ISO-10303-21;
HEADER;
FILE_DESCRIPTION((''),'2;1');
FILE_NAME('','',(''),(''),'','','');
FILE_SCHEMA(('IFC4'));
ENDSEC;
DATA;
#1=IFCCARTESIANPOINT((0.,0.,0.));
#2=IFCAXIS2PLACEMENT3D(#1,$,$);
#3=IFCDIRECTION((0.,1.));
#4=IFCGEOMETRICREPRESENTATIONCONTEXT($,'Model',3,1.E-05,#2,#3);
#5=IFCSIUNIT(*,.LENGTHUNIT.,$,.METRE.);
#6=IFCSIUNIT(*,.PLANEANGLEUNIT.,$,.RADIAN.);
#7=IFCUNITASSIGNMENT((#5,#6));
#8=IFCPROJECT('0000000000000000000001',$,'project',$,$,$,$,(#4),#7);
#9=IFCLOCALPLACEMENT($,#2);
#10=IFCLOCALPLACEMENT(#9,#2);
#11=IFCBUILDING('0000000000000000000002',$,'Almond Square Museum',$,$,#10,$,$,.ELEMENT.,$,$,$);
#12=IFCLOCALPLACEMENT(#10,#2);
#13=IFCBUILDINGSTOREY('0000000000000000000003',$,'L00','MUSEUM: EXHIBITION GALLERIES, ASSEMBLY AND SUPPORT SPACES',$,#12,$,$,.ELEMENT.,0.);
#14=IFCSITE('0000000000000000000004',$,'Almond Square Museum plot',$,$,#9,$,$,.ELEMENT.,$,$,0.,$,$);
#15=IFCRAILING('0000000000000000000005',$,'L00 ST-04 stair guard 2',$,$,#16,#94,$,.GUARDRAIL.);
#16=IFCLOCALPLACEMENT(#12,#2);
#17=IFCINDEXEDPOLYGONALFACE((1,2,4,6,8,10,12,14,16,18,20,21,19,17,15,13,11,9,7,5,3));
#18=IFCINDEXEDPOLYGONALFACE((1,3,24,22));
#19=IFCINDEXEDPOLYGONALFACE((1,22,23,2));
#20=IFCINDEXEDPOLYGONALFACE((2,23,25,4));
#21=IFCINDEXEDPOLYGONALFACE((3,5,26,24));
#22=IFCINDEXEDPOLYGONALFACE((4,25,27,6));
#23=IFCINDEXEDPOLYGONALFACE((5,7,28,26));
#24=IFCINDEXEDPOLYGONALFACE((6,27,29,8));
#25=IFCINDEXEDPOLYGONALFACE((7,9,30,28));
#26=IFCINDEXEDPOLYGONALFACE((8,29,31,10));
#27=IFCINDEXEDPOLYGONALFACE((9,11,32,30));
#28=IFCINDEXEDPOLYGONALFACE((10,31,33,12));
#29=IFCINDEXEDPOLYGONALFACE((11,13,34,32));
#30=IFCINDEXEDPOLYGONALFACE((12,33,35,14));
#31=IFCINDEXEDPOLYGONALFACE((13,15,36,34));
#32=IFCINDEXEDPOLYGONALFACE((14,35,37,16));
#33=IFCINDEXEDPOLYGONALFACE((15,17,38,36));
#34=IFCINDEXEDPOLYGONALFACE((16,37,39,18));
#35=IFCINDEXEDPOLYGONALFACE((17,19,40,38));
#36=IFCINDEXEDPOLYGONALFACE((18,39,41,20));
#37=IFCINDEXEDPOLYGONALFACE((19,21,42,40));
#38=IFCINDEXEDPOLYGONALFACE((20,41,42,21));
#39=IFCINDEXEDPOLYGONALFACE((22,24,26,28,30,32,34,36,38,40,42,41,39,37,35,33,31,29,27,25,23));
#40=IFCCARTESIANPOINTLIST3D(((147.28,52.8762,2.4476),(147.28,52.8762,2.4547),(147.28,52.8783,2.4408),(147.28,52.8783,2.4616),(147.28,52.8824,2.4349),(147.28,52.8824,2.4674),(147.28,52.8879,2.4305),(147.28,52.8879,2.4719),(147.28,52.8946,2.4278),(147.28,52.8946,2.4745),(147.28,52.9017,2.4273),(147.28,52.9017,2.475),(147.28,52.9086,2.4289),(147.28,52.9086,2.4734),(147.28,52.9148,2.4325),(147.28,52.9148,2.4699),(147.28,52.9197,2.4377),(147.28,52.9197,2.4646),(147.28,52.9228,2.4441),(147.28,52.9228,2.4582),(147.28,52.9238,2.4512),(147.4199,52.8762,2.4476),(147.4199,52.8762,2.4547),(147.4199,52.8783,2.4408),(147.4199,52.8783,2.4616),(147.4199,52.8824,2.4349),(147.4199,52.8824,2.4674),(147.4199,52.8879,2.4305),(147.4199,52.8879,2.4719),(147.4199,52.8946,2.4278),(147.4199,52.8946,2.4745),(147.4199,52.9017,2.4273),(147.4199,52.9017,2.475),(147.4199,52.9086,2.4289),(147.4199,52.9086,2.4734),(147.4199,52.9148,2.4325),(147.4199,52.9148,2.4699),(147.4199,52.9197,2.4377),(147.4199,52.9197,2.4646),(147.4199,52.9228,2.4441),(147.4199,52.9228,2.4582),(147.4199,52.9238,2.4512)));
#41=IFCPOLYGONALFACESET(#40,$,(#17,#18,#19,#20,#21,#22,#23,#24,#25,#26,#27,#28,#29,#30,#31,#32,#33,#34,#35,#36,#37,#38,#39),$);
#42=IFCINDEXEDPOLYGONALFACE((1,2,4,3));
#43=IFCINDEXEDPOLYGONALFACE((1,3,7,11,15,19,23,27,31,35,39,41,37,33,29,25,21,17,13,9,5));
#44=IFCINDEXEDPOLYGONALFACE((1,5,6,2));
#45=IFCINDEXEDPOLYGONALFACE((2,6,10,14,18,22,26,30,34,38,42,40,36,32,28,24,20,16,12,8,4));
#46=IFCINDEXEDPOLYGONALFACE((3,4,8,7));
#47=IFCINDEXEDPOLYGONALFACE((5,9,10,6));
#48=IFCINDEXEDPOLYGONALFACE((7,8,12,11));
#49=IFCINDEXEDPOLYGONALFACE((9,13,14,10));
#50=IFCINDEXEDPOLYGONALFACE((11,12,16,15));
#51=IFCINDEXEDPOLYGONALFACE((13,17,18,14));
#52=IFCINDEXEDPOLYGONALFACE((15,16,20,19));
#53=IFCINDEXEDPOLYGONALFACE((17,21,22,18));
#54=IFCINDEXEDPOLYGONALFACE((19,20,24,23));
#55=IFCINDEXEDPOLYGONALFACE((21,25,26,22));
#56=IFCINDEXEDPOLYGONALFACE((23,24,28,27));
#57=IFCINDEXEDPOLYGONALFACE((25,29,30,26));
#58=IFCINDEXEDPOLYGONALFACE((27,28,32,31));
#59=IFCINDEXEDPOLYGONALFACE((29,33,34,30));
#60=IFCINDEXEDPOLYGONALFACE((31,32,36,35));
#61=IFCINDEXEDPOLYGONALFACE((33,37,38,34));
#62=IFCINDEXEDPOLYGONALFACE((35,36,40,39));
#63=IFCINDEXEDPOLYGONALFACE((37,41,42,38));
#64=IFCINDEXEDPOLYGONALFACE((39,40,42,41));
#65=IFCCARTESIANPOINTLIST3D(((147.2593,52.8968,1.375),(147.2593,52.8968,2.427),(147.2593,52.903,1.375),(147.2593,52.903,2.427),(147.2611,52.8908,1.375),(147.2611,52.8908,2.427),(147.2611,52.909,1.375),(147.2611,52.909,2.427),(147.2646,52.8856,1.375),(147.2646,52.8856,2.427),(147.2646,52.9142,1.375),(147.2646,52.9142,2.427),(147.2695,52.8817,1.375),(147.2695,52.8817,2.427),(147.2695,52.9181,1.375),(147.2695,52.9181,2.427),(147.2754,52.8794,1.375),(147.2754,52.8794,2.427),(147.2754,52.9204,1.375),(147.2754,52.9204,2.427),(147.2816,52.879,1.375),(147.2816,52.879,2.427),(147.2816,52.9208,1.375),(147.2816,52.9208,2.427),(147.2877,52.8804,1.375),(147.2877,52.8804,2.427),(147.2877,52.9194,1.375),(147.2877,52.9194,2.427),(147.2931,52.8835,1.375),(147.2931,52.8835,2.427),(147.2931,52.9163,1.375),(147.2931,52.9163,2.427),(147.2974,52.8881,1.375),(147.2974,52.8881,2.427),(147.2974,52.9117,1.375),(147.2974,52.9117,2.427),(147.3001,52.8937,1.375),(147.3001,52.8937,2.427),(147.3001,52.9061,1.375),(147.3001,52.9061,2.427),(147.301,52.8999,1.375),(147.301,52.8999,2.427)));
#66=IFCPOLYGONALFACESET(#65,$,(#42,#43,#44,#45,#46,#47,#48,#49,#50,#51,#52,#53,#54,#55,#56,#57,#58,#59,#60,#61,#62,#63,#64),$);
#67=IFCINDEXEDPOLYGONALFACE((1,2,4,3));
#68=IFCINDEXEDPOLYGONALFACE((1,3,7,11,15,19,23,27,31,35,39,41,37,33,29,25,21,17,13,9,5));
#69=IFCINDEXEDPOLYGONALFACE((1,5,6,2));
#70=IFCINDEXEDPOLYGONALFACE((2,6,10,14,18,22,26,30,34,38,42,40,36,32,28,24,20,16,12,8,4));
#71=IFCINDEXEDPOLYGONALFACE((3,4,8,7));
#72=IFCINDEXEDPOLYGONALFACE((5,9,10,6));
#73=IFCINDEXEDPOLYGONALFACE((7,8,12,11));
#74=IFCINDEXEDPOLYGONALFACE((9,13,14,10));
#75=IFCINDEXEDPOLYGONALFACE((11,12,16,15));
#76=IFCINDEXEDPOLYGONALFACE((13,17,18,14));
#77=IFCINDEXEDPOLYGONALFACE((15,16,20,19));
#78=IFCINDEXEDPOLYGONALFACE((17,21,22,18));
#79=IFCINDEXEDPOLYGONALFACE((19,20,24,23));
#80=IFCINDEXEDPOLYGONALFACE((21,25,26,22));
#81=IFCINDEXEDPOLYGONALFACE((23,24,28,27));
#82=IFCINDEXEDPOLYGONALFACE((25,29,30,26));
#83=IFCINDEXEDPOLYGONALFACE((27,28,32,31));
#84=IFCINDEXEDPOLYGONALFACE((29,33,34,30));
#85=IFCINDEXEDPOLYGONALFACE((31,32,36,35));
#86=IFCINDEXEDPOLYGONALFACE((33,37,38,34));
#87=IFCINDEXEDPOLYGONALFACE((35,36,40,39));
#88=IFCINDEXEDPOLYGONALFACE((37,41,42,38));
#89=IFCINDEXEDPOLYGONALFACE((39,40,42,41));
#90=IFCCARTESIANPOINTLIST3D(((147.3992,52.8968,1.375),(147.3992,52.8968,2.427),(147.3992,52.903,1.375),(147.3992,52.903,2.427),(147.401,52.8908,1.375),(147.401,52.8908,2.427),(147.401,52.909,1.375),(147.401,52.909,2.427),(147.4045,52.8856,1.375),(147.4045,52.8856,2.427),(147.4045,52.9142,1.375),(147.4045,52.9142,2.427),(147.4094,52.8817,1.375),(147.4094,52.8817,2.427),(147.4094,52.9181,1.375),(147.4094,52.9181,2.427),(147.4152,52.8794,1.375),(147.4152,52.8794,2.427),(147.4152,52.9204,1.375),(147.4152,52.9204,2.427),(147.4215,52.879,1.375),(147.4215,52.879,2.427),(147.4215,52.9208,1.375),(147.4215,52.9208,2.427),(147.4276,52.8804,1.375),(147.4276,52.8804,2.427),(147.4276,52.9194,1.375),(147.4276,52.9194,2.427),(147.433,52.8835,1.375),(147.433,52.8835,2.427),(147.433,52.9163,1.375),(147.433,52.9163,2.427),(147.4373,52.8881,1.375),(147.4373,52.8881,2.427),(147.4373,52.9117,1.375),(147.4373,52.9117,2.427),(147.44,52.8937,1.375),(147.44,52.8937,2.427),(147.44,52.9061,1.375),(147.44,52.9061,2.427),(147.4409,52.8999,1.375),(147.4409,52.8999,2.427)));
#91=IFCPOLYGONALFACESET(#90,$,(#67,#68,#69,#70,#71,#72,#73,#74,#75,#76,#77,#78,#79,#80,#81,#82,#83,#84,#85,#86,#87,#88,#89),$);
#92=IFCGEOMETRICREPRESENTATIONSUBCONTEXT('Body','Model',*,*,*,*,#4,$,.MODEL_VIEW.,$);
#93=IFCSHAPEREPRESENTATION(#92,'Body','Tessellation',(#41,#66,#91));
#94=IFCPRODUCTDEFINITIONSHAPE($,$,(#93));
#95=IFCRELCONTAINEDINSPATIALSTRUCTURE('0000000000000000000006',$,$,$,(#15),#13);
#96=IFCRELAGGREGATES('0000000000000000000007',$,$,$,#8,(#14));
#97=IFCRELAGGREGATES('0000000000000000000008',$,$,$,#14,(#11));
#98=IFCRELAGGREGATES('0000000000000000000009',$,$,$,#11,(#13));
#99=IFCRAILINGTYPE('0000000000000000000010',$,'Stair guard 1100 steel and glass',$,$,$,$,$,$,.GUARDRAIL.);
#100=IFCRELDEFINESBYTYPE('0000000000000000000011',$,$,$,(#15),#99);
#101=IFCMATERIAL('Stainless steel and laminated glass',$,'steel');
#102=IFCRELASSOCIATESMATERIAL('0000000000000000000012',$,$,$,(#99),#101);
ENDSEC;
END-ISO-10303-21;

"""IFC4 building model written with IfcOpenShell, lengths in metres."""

from ifc_helpers import new_model, si_unit, direction, frame, origin, origin_2d, place, context, subcontext, project, spatial, circle, extrude, material, type_object, element, save


model = new_model("IFC4")

# Units and contexts
model_context = context("Model", 3, precision=1e-05, world=origin(), true_north=direction((0.0, 1.0)))
body_context = subcontext(model_context, "Body", "Model", "MODEL_VIEW")
ifc_project = project(units=[si_unit("LENGTHUNIT", "METRE"), si_unit("PLANEANGLEUNIT", "RADIAN")], contexts=[model_context])

# Site, building, storey
site_placement = place(None, origin())
site = spatial("IfcSite", under=ifc_project, at=site_placement, Name="Almond Square Museum plot", CompositionType="ELEMENT", RefElevation=0.0)
building_placement = place(site_placement, origin())
building = spatial("IfcBuilding", under=site, at=building_placement, Name="Almond Square Museum", CompositionType="ELEMENT")
storey_placement = place(building_placement, origin())
storey = spatial("IfcBuildingStorey", under=building, at=storey_placement, Name="L00", Description="MUSEUM: EXHIBITION GALLERIES, ASSEMBLY AND SUPPORT SPACES", CompositionType="ELEMENT", Elevation=0.0)

# Railing
ifc_material_1 = material(Name="Stainless steel and laminated glass", Category="steel")
railing_type_1 = type_object("IfcRailingType", Name="Stair guard 1100 steel and glass", PredefinedType="GUARDRAIL", material=ifc_material_1)
railing_1_placement = place(storey_placement, frame((147.28, 52.8999, 1.375)))
element("IfcRailing", 1, at=railing_1_placement, inside=storey, type_object=railing_type_1, Name="L00 ST-04 stair guard 2", PredefinedType="GUARDRAIL", context=body_context, shape_type="SweptSolid", body=[
    extrude(circle(Radius=0.0239, at=origin_2d()), frame((0.0, 0.0, 1.0762), z_axis=(1.0, 0.0, 0.0), x_axis=(0.0, 1.0, 0.0)), (0.0, 0.0, 1.0), 0.1399),
    extrude(circle(Radius=0.021, at=origin_2d()), origin(), (0.0, 0.0, 1.0), 1.052),
    extrude(circle(Radius=0.021, at=origin_2d()), frame((0.1399, 0.0, 0.0)), (0.0, 0.0, 1.0), 1.052),
])

save(model, "model.ifc")
